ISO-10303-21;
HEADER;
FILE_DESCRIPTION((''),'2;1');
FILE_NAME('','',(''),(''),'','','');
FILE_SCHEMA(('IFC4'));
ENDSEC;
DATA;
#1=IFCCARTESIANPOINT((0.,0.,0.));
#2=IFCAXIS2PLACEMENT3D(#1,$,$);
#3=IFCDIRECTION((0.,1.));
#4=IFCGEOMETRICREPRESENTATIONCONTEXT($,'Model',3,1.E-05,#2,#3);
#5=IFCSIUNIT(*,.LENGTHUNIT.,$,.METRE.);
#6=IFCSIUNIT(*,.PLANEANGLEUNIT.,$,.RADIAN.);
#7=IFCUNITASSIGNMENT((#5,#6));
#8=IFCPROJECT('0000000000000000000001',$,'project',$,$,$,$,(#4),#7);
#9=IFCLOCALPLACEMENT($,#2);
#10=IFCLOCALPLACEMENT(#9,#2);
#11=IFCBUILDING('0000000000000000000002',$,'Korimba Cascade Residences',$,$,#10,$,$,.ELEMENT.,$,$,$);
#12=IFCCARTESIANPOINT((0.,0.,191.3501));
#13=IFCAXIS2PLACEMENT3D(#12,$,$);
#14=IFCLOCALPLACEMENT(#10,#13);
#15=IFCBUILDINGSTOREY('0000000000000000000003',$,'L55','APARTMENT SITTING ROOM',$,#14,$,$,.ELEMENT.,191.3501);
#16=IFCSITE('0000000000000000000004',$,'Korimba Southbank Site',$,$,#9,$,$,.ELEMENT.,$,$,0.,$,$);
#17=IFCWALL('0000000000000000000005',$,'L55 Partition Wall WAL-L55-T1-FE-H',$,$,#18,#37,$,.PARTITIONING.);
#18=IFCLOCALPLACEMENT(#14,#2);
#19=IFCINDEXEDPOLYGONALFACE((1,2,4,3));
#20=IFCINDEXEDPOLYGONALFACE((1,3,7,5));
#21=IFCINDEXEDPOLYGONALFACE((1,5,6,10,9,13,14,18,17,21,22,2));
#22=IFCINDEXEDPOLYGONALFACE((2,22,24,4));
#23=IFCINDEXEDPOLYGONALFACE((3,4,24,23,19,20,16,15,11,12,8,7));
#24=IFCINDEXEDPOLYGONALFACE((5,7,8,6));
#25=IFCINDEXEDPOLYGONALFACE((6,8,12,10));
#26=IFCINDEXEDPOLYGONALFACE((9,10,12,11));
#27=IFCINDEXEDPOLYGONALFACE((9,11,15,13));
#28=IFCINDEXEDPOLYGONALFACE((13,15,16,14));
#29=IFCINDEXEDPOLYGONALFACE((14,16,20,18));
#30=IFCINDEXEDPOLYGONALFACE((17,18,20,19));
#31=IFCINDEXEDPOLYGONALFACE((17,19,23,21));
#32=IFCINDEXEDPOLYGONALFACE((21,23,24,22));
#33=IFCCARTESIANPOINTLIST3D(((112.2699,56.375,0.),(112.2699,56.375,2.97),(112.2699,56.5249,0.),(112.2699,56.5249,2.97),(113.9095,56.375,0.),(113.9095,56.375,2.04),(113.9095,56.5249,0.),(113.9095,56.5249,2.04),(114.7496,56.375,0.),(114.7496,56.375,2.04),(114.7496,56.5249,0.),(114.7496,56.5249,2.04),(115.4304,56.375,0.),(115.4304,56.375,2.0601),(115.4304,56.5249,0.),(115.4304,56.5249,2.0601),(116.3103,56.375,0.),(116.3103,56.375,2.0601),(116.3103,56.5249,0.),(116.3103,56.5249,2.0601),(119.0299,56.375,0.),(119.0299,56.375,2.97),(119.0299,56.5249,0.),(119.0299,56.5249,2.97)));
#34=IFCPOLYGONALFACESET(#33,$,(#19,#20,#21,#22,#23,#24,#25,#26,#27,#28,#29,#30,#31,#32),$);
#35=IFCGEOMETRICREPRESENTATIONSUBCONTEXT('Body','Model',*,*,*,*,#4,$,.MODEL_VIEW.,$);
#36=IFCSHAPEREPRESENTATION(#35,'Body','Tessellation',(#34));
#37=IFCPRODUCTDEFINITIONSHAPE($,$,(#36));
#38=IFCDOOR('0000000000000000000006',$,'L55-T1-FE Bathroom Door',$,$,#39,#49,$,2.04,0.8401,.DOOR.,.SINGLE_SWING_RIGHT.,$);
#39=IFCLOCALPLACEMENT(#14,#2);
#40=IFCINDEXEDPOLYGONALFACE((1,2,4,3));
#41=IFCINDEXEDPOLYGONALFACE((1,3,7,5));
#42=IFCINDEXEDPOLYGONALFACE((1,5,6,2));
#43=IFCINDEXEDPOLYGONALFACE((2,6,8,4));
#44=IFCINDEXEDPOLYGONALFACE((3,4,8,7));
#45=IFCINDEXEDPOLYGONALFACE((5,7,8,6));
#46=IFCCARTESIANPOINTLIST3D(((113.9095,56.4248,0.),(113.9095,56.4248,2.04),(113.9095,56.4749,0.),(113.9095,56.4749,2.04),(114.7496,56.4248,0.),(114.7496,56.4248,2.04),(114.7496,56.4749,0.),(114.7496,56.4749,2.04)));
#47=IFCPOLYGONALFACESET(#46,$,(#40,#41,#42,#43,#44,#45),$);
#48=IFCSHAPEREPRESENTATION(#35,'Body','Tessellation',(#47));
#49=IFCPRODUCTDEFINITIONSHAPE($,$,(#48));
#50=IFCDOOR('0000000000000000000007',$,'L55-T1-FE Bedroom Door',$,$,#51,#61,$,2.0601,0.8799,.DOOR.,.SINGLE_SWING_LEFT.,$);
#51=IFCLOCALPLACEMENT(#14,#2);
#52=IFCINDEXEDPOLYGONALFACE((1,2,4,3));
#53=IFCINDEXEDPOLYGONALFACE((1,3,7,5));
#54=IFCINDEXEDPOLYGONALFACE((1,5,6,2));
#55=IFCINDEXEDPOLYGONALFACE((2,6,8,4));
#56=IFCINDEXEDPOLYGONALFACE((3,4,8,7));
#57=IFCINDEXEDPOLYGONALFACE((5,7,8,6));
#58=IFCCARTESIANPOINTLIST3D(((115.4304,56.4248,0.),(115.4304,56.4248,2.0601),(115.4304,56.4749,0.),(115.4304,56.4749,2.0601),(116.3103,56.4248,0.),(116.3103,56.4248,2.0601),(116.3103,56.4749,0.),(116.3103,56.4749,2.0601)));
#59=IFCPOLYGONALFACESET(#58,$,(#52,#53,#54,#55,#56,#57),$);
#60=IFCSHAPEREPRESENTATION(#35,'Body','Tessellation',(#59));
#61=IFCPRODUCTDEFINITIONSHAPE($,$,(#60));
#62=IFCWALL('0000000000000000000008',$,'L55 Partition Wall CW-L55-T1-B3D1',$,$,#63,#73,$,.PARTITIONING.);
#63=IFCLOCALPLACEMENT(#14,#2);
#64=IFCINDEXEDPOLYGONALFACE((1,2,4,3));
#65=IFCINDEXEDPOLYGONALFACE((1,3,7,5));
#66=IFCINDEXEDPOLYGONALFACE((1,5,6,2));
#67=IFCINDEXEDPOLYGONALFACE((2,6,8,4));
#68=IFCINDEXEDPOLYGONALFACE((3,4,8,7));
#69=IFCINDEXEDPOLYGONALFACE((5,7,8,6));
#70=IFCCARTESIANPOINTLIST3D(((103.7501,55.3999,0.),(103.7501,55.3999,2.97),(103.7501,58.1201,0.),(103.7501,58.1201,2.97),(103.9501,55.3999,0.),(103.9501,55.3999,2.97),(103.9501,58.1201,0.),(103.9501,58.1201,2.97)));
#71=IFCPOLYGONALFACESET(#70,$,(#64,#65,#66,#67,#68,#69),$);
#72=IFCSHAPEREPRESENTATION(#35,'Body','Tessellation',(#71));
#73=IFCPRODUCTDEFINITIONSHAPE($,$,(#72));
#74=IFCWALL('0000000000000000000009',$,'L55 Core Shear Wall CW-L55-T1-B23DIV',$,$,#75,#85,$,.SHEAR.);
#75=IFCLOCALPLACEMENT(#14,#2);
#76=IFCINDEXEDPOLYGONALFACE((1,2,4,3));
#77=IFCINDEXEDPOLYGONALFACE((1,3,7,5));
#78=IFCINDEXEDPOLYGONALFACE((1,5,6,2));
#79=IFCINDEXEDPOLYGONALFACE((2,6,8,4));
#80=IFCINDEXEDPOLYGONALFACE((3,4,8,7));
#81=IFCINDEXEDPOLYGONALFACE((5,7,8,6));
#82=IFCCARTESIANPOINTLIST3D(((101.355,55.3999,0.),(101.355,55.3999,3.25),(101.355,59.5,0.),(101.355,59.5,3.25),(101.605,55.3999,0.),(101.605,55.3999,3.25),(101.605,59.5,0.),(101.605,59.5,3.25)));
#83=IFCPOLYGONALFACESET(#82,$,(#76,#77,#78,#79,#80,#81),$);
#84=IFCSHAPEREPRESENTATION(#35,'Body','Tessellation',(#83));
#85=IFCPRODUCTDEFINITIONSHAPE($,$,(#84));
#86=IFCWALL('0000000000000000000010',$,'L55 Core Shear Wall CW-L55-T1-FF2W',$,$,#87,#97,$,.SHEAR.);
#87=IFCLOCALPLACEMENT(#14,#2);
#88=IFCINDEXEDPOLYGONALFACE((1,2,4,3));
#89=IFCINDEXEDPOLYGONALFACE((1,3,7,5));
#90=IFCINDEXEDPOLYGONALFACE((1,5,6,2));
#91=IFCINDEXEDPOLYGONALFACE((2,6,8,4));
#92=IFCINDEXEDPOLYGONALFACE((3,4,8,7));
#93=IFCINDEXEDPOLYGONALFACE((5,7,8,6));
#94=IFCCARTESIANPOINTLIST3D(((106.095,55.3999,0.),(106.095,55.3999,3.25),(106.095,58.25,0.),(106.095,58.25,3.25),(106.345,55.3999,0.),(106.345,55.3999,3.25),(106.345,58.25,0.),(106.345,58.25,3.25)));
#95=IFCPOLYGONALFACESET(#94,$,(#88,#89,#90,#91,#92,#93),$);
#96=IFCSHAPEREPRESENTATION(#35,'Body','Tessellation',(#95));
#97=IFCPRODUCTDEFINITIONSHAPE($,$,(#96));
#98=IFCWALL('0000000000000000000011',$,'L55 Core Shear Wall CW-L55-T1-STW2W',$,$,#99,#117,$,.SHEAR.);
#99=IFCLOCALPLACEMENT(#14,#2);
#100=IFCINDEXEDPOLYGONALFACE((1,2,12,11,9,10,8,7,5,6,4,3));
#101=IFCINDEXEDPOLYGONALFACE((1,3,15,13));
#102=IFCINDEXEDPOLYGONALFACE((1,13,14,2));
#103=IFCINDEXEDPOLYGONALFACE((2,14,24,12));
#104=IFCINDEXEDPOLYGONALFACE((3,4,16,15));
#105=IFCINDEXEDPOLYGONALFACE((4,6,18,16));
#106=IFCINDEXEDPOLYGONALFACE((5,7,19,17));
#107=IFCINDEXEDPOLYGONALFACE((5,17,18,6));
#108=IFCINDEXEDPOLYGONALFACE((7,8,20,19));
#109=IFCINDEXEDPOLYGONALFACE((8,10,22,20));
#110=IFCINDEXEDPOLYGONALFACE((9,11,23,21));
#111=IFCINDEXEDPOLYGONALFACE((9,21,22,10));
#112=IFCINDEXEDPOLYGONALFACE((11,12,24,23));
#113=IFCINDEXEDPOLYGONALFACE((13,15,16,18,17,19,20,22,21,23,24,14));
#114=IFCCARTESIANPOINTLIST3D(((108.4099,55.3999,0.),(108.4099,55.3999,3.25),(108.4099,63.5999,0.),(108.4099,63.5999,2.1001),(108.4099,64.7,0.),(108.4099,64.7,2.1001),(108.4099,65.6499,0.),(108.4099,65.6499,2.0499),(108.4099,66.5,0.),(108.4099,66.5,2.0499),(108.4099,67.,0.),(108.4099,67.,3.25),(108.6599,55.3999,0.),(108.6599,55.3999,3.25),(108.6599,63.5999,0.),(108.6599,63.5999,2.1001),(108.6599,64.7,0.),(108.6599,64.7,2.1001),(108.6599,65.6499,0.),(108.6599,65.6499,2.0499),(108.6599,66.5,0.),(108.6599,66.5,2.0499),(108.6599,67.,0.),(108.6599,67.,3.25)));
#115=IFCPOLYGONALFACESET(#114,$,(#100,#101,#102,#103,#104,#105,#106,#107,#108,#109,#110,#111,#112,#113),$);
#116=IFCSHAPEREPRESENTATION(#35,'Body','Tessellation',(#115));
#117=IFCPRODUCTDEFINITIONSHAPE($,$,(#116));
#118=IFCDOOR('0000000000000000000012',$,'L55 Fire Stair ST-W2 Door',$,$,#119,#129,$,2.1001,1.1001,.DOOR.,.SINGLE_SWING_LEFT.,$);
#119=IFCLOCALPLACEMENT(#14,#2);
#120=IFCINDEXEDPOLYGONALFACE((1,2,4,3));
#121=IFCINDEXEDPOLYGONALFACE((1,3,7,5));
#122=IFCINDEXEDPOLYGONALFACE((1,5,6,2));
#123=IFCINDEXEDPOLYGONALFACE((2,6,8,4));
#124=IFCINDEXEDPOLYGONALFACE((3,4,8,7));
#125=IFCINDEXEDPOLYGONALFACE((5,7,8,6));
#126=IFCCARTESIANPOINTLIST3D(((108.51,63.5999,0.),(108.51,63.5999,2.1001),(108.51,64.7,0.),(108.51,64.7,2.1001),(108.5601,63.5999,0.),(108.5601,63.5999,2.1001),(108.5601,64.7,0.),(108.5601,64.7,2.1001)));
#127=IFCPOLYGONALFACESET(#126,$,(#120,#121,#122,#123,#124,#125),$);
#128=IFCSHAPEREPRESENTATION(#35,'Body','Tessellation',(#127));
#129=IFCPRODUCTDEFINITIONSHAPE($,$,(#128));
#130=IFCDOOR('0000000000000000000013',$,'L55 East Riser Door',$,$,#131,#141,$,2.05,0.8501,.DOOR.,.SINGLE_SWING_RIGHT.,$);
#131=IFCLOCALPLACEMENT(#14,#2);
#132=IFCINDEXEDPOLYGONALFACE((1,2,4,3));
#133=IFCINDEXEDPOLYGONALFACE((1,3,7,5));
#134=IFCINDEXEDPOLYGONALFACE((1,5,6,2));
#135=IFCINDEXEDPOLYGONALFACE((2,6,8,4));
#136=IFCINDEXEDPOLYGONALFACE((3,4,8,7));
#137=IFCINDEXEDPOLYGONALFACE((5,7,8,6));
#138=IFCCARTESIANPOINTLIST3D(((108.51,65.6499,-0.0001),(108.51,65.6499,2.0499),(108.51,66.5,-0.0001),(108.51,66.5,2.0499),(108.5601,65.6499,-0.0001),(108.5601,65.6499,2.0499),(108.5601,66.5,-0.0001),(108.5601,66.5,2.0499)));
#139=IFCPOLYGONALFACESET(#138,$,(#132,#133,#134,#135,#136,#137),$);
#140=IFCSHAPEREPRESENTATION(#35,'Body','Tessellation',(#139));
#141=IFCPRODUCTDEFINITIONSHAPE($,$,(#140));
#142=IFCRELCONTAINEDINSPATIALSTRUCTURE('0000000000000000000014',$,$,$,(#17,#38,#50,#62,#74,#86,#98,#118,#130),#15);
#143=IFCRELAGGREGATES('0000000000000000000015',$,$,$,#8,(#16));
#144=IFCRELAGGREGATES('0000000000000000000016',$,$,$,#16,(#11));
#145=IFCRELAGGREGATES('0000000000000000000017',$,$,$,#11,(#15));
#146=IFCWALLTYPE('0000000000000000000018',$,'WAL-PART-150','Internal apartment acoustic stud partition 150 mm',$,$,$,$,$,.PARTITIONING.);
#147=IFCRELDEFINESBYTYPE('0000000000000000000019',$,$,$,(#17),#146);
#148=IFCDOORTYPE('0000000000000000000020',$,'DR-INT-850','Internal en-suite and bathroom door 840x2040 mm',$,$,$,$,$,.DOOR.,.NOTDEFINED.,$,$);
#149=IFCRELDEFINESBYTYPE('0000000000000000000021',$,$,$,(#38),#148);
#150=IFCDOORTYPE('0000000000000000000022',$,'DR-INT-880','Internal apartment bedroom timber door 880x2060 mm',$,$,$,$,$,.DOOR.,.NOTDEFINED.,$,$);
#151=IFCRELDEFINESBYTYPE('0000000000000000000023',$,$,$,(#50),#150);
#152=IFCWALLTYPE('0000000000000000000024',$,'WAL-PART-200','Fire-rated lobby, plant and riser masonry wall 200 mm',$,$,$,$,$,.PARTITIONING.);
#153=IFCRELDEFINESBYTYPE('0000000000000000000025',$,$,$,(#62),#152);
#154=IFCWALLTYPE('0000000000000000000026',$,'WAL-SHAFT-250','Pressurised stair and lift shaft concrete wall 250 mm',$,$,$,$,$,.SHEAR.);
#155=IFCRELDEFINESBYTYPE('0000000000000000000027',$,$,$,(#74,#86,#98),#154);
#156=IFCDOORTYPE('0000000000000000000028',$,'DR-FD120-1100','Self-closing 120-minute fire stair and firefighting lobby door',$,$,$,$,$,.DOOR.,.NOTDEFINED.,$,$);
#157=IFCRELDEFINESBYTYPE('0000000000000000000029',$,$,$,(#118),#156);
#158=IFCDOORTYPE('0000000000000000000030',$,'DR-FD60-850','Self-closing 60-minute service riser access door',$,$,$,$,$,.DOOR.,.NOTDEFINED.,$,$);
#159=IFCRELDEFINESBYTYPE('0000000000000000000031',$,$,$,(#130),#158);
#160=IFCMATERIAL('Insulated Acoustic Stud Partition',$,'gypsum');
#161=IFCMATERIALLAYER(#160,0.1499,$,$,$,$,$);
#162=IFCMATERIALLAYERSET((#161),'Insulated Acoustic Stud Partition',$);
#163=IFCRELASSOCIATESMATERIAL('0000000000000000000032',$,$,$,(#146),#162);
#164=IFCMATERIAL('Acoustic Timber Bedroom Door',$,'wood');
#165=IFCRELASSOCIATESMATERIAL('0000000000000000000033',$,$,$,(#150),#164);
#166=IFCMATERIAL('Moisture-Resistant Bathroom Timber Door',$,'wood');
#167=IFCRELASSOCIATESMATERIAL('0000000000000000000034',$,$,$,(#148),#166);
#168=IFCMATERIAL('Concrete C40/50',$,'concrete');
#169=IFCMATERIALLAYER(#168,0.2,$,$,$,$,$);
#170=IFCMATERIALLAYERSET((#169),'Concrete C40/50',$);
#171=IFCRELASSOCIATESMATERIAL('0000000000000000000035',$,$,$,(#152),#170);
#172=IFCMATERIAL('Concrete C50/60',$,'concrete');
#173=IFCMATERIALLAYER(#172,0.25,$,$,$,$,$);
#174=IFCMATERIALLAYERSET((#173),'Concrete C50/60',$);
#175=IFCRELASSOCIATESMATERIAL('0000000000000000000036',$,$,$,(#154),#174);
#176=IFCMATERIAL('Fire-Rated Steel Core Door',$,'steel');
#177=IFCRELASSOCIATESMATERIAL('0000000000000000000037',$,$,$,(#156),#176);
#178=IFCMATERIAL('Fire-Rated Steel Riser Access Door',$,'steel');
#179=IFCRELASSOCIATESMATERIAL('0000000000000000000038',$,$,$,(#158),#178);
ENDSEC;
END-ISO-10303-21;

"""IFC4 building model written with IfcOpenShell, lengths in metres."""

from ifc_helpers import new_model, si_unit, direction, frame, frame_2d, origin, place, context, subcontext, project, spatial, rectangle, extrude, material, layer, layer_set, type_object, element, fill, save


model = new_model("IFC4")

# Units and contexts
model_context = context("Model", 3, precision=1e-05, world=origin(), true_north=direction((0.0, 1.0)))
body_context = subcontext(model_context, "Body", "Model", "MODEL_VIEW")
ifc_project = project(units=[si_unit("LENGTHUNIT", "METRE"), si_unit("PLANEANGLEUNIT", "RADIAN")], contexts=[model_context])

# Site, building, storey
site_placement = place(None, origin())
site = spatial("IfcSite", under=ifc_project, at=site_placement, Name="Korimba Southbank Site", CompositionType="ELEMENT", RefElevation=0.0)
building_placement = place(site_placement, origin())
building = spatial("IfcBuilding", under=site, at=building_placement, Name="Korimba Cascade Residences", CompositionType="ELEMENT")
storey_placement = place(building_placement, frame((0.0, 0.0, 191.3501)))
storey = spatial("IfcBuildingStorey", under=building, at=storey_placement, Name="L55", Description="APARTMENT SITTING ROOM", CompositionType="ELEMENT", Elevation=191.3501)

# Shared definitions
ifc_material_1 = material(Name="Insulated Acoustic Stud Partition", Category="gypsum")
ifc_layer_1 = layer(ifc_material_1, 0.1499)
ifc_layer_set_1 = layer_set([ifc_layer_1], Name="Insulated Acoustic Stud Partition")
wall_type_1 = type_object("IfcWallType", Name="WAL-PART-150", Description="Internal apartment acoustic stud partition 150 mm", PredefinedType="PARTITIONING", material=ifc_layer_set_1)
ifc_material_2 = material(Name="Acoustic Timber Bedroom Door", Category="wood")
door_type_1 = type_object("IfcDoorType", Name="DR-INT-880", Description="Internal apartment bedroom timber door 880x2060 mm", OperationType="NOTDEFINED", PredefinedType="DOOR", material=ifc_material_2)

# Wall, openings, doors
wall_1_placement = place(storey_placement, frame((112.27, 56.45, 0.0), z_axis=(0.0, 0.0, 1.0), x_axis=(1.0, 0.0, 0.0)))
wall_1 = element("IfcWall", 1, at=wall_1_placement, inside=storey, type_object=wall_type_1, Name="L55 Partition Wall WAL-L55-T1-FE-H", PredefinedType="PARTITIONING", context=body_context, shape_type="SweptSolid", body=[
    extrude(rectangle(XDim=6.76, YDim=0.1499, at=frame_2d((3.3799, 0.0))), origin(), (0.0, 0.0, 1.0), 2.97),
])
opening_1_placement = place(wall_1_placement, frame((1.6396, 0.0, 0.0)))
opening_1 = element("IfcOpeningElement", 2, at=opening_1_placement, cuts=wall_1, PredefinedType="OPENING", context=body_context, shape_type="SweptSolid", body=[
    extrude(rectangle(XDim=0.8401, YDim=2.04, at=frame_2d((0.4199, 1.02))), frame((0.0, 0.085, 0.0), z_axis=(0.0, -1.0, 0.0), x_axis=(1.0, 0.0, 0.0)), (0.0, 0.0, 1.0), 0.1699),
])
opening_2_placement = place(wall_1_placement, frame((3.1604, 0.0, 0.0)))
opening_2 = element("IfcOpeningElement", 3, at=opening_2_placement, cuts=wall_1, PredefinedType="OPENING", context=body_context, shape_type="SweptSolid", body=[
    extrude(rectangle(XDim=0.8799, YDim=2.0601, at=frame_2d((0.4399, 1.03))), frame((0.0, 0.085, 0.0), z_axis=(0.0, -1.0, 0.0), x_axis=(1.0, 0.0, 0.0)), (0.0, 0.0, 1.0), 0.1699),
])
ifc_material_3 = material(Name="Moisture-Resistant Bathroom Timber Door", Category="wood")
door_type_2 = type_object("IfcDoorType", Name="DR-INT-850", Description="Internal en-suite and bathroom door 840x2040 mm", OperationType="NOTDEFINED", PredefinedType="DOOR", material=ifc_material_3)
door_1_placement = place(opening_1_placement, origin())
door_1 = element("IfcDoor", 4, at=door_1_placement, inside=storey, type_object=door_type_2, Name="L55-T1-FE Bathroom Door", OperationType="SINGLE_SWING_RIGHT", OverallHeight=2.04, OverallWidth=0.8401, PredefinedType="DOOR", context=body_context, shape_type="SweptSolid", body=[
    extrude(rectangle(XDim=0.8401, YDim=2.04, at=frame_2d((0.4199, 1.02))), frame((0.0, 0.0249, 0.0), z_axis=(0.0, -1.0, 0.0), x_axis=(1.0, 0.0, 0.0)), (0.0, 0.0, 1.0), 0.05),
])
fill(opening_1, door_1)
door_2_placement = place(opening_2_placement, origin())
door_2 = element("IfcDoor", 5, at=door_2_placement, inside=storey, type_object=door_type_1, Name="L55-T1-FE Bedroom Door", OperationType="SINGLE_SWING_LEFT", OverallHeight=2.0601, OverallWidth=0.8799, PredefinedType="DOOR", context=body_context, shape_type="SweptSolid", body=[
    extrude(rectangle(XDim=0.8799, YDim=2.0601, at=frame_2d((0.4399, 1.03))), frame((0.0, 0.0249, 0.0), z_axis=(0.0, -1.0, 0.0), x_axis=(1.0, 0.0, 0.0)), (0.0, 0.0, 1.0), 0.05),
])
fill(opening_2, door_2)

# Walls
ifc_material_4 = material(Name="Concrete C40/50", Category="concrete")
ifc_layer_2 = layer(ifc_material_4, 0.2)
ifc_layer_set_2 = layer_set([ifc_layer_2], Name="Concrete C40/50")
wall_type_2 = type_object("IfcWallType", Name="WAL-PART-200", Description="Fire-rated lobby, plant and riser masonry wall 200 mm", PredefinedType="PARTITIONING", material=ifc_layer_set_2)
wall_2_placement = place(storey_placement, frame((103.8501, 55.3999, 0.0), z_axis=(0.0, 0.0, 1.0), x_axis=(0.0, 1.0, 0.0)))
element("IfcWall", 6, at=wall_2_placement, inside=storey, type_object=wall_type_2, Name="L55 Partition Wall CW-L55-T1-B3D1", PredefinedType="PARTITIONING", context=body_context, shape_type="SweptSolid", body=[
    extrude(rectangle(XDim=2.7202, YDim=0.2, at=frame_2d((1.3601, 0.0))), origin(), (0.0, 0.0, 1.0), 2.97),
])
ifc_material_5 = material(Name="Concrete C50/60", Category="concrete")
ifc_layer_3 = layer(ifc_material_5, 0.25)
ifc_layer_set_3 = layer_set([ifc_layer_3], Name="Concrete C50/60")
wall_type_3 = type_object("IfcWallType", Name="WAL-SHAFT-250", Description="Pressurised stair and lift shaft concrete wall 250 mm", PredefinedType="SHEAR", material=ifc_layer_set_3)
wall_3_placement = place(storey_placement, frame((101.48, 55.3999, 0.0), z_axis=(0.0, 0.0, 1.0), x_axis=(0.0, 1.0, 0.0)))
element("IfcWall", 7, at=wall_3_placement, inside=storey, type_object=wall_type_3, Name="L55 Core Shear Wall CW-L55-T1-B23DIV", PredefinedType="SHEAR", context=body_context, shape_type="SweptSolid", body=[
    extrude(rectangle(XDim=4.1001, YDim=0.25, at=frame_2d((2.05, 0.0))), origin(), (0.0, 0.0, 1.0), 3.25),
])
wall_4_placement = place(storey_placement, frame((106.22, 55.3999, 0.0), z_axis=(0.0, 0.0, 1.0), x_axis=(0.0, 1.0, 0.0)))
element("IfcWall", 8, at=wall_4_placement, inside=storey, type_object=wall_type_3, Name="L55 Core Shear Wall CW-L55-T1-FF2W", PredefinedType="SHEAR", context=body_context, shape_type="SweptSolid", body=[
    extrude(rectangle(XDim=2.8501, YDim=0.25, at=frame_2d((1.425, 0.0))), origin(), (0.0, 0.0, 1.0), 3.25),
])

# Wall, openings, doors
wall_5_placement = place(storey_placement, frame((108.5349, 55.3999, 0.0), z_axis=(0.0, 0.0, 1.0), x_axis=(0.0, 1.0, 0.0)))
wall_5 = element("IfcWall", 9, at=wall_5_placement, inside=storey, type_object=wall_type_3, Name="L55 Core Shear Wall CW-L55-T1-STW2W", PredefinedType="SHEAR", context=body_context, shape_type="SweptSolid", body=[
    extrude(rectangle(XDim=11.6001, YDim=0.25, at=frame_2d((5.8, 0.0))), origin(), (0.0, 0.0, 1.0), 3.25),
])
opening_3_placement = place(wall_5_placement, frame((8.2, 0.0, 0.0)))
opening_3 = element("IfcOpeningElement", 10, at=opening_3_placement, cuts=wall_5, PredefinedType="OPENING", context=body_context, shape_type="SweptSolid", body=[
    extrude(rectangle(XDim=1.1001, YDim=2.1001, at=frame_2d((0.55, 1.05))), frame((0.0, 0.135, 0.0), z_axis=(0.0, -1.0, 0.0), x_axis=(1.0, 0.0, 0.0)), (0.0, 0.0, 1.0), 0.27),
])
opening_4_placement = place(wall_5_placement, frame((10.25, 0.0, 0.0)))
opening_4 = element("IfcOpeningElement", 11, at=opening_4_placement, cuts=wall_5, PredefinedType="OPENING", context=body_context, shape_type="SweptSolid", body=[
    extrude(rectangle(XDim=0.8501, YDim=2.05, at=frame_2d((0.425, 1.0249))), frame((0.0, 0.135, 0.0), z_axis=(0.0, -1.0, 0.0), x_axis=(1.0, 0.0, 0.0)), (0.0, 0.0, 1.0), 0.27),
])
ifc_material_6 = material(Name="Fire-Rated Steel Core Door", Category="steel")
door_type_3 = type_object("IfcDoorType", Name="DR-FD120-1100", Description="Self-closing 120-minute fire stair and firefighting lobby door", OperationType="NOTDEFINED", PredefinedType="DOOR", material=ifc_material_6)
door_3_placement = place(opening_3_placement, origin())
door_3 = element("IfcDoor", 12, at=door_3_placement, inside=storey, type_object=door_type_3, Name="L55 Fire Stair ST-W2 Door", OperationType="SINGLE_SWING_LEFT", OverallHeight=2.1001, OverallWidth=1.1001, PredefinedType="DOOR", context=body_context, shape_type="SweptSolid", body=[
    extrude(rectangle(XDim=1.1001, YDim=2.1001, at=frame_2d((0.55, 1.05))), frame((0.0, 0.0249, 0.0), z_axis=(0.0, -1.0, 0.0), x_axis=(1.0, 0.0, 0.0)), (0.0, 0.0, 1.0), 0.05),
])
fill(opening_3, door_3)
ifc_material_7 = material(Name="Fire-Rated Steel Riser Access Door", Category="steel")
door_type_4 = type_object("IfcDoorType", Name="DR-FD60-850", Description="Self-closing 60-minute service riser access door", OperationType="NOTDEFINED", PredefinedType="DOOR", material=ifc_material_7)
door_4_placement = place(opening_4_placement, origin())
door_4 = element("IfcDoor", 13, at=door_4_placement, inside=storey, type_object=door_type_4, Name="L55 East Riser Door", OperationType="SINGLE_SWING_RIGHT", OverallHeight=2.05, OverallWidth=0.8501, PredefinedType="DOOR", context=body_context, shape_type="SweptSolid", body=[
    extrude(rectangle(XDim=0.8501, YDim=2.05, at=frame_2d((0.425, 1.0249))), frame((0.0, 0.0249, 0.0), z_axis=(0.0, -1.0, 0.0), x_axis=(1.0, 0.0, 0.0)), (0.0, 0.0, 1.0), 0.05),
])
fill(opening_4, door_4)

save(model, "model.ifc")
